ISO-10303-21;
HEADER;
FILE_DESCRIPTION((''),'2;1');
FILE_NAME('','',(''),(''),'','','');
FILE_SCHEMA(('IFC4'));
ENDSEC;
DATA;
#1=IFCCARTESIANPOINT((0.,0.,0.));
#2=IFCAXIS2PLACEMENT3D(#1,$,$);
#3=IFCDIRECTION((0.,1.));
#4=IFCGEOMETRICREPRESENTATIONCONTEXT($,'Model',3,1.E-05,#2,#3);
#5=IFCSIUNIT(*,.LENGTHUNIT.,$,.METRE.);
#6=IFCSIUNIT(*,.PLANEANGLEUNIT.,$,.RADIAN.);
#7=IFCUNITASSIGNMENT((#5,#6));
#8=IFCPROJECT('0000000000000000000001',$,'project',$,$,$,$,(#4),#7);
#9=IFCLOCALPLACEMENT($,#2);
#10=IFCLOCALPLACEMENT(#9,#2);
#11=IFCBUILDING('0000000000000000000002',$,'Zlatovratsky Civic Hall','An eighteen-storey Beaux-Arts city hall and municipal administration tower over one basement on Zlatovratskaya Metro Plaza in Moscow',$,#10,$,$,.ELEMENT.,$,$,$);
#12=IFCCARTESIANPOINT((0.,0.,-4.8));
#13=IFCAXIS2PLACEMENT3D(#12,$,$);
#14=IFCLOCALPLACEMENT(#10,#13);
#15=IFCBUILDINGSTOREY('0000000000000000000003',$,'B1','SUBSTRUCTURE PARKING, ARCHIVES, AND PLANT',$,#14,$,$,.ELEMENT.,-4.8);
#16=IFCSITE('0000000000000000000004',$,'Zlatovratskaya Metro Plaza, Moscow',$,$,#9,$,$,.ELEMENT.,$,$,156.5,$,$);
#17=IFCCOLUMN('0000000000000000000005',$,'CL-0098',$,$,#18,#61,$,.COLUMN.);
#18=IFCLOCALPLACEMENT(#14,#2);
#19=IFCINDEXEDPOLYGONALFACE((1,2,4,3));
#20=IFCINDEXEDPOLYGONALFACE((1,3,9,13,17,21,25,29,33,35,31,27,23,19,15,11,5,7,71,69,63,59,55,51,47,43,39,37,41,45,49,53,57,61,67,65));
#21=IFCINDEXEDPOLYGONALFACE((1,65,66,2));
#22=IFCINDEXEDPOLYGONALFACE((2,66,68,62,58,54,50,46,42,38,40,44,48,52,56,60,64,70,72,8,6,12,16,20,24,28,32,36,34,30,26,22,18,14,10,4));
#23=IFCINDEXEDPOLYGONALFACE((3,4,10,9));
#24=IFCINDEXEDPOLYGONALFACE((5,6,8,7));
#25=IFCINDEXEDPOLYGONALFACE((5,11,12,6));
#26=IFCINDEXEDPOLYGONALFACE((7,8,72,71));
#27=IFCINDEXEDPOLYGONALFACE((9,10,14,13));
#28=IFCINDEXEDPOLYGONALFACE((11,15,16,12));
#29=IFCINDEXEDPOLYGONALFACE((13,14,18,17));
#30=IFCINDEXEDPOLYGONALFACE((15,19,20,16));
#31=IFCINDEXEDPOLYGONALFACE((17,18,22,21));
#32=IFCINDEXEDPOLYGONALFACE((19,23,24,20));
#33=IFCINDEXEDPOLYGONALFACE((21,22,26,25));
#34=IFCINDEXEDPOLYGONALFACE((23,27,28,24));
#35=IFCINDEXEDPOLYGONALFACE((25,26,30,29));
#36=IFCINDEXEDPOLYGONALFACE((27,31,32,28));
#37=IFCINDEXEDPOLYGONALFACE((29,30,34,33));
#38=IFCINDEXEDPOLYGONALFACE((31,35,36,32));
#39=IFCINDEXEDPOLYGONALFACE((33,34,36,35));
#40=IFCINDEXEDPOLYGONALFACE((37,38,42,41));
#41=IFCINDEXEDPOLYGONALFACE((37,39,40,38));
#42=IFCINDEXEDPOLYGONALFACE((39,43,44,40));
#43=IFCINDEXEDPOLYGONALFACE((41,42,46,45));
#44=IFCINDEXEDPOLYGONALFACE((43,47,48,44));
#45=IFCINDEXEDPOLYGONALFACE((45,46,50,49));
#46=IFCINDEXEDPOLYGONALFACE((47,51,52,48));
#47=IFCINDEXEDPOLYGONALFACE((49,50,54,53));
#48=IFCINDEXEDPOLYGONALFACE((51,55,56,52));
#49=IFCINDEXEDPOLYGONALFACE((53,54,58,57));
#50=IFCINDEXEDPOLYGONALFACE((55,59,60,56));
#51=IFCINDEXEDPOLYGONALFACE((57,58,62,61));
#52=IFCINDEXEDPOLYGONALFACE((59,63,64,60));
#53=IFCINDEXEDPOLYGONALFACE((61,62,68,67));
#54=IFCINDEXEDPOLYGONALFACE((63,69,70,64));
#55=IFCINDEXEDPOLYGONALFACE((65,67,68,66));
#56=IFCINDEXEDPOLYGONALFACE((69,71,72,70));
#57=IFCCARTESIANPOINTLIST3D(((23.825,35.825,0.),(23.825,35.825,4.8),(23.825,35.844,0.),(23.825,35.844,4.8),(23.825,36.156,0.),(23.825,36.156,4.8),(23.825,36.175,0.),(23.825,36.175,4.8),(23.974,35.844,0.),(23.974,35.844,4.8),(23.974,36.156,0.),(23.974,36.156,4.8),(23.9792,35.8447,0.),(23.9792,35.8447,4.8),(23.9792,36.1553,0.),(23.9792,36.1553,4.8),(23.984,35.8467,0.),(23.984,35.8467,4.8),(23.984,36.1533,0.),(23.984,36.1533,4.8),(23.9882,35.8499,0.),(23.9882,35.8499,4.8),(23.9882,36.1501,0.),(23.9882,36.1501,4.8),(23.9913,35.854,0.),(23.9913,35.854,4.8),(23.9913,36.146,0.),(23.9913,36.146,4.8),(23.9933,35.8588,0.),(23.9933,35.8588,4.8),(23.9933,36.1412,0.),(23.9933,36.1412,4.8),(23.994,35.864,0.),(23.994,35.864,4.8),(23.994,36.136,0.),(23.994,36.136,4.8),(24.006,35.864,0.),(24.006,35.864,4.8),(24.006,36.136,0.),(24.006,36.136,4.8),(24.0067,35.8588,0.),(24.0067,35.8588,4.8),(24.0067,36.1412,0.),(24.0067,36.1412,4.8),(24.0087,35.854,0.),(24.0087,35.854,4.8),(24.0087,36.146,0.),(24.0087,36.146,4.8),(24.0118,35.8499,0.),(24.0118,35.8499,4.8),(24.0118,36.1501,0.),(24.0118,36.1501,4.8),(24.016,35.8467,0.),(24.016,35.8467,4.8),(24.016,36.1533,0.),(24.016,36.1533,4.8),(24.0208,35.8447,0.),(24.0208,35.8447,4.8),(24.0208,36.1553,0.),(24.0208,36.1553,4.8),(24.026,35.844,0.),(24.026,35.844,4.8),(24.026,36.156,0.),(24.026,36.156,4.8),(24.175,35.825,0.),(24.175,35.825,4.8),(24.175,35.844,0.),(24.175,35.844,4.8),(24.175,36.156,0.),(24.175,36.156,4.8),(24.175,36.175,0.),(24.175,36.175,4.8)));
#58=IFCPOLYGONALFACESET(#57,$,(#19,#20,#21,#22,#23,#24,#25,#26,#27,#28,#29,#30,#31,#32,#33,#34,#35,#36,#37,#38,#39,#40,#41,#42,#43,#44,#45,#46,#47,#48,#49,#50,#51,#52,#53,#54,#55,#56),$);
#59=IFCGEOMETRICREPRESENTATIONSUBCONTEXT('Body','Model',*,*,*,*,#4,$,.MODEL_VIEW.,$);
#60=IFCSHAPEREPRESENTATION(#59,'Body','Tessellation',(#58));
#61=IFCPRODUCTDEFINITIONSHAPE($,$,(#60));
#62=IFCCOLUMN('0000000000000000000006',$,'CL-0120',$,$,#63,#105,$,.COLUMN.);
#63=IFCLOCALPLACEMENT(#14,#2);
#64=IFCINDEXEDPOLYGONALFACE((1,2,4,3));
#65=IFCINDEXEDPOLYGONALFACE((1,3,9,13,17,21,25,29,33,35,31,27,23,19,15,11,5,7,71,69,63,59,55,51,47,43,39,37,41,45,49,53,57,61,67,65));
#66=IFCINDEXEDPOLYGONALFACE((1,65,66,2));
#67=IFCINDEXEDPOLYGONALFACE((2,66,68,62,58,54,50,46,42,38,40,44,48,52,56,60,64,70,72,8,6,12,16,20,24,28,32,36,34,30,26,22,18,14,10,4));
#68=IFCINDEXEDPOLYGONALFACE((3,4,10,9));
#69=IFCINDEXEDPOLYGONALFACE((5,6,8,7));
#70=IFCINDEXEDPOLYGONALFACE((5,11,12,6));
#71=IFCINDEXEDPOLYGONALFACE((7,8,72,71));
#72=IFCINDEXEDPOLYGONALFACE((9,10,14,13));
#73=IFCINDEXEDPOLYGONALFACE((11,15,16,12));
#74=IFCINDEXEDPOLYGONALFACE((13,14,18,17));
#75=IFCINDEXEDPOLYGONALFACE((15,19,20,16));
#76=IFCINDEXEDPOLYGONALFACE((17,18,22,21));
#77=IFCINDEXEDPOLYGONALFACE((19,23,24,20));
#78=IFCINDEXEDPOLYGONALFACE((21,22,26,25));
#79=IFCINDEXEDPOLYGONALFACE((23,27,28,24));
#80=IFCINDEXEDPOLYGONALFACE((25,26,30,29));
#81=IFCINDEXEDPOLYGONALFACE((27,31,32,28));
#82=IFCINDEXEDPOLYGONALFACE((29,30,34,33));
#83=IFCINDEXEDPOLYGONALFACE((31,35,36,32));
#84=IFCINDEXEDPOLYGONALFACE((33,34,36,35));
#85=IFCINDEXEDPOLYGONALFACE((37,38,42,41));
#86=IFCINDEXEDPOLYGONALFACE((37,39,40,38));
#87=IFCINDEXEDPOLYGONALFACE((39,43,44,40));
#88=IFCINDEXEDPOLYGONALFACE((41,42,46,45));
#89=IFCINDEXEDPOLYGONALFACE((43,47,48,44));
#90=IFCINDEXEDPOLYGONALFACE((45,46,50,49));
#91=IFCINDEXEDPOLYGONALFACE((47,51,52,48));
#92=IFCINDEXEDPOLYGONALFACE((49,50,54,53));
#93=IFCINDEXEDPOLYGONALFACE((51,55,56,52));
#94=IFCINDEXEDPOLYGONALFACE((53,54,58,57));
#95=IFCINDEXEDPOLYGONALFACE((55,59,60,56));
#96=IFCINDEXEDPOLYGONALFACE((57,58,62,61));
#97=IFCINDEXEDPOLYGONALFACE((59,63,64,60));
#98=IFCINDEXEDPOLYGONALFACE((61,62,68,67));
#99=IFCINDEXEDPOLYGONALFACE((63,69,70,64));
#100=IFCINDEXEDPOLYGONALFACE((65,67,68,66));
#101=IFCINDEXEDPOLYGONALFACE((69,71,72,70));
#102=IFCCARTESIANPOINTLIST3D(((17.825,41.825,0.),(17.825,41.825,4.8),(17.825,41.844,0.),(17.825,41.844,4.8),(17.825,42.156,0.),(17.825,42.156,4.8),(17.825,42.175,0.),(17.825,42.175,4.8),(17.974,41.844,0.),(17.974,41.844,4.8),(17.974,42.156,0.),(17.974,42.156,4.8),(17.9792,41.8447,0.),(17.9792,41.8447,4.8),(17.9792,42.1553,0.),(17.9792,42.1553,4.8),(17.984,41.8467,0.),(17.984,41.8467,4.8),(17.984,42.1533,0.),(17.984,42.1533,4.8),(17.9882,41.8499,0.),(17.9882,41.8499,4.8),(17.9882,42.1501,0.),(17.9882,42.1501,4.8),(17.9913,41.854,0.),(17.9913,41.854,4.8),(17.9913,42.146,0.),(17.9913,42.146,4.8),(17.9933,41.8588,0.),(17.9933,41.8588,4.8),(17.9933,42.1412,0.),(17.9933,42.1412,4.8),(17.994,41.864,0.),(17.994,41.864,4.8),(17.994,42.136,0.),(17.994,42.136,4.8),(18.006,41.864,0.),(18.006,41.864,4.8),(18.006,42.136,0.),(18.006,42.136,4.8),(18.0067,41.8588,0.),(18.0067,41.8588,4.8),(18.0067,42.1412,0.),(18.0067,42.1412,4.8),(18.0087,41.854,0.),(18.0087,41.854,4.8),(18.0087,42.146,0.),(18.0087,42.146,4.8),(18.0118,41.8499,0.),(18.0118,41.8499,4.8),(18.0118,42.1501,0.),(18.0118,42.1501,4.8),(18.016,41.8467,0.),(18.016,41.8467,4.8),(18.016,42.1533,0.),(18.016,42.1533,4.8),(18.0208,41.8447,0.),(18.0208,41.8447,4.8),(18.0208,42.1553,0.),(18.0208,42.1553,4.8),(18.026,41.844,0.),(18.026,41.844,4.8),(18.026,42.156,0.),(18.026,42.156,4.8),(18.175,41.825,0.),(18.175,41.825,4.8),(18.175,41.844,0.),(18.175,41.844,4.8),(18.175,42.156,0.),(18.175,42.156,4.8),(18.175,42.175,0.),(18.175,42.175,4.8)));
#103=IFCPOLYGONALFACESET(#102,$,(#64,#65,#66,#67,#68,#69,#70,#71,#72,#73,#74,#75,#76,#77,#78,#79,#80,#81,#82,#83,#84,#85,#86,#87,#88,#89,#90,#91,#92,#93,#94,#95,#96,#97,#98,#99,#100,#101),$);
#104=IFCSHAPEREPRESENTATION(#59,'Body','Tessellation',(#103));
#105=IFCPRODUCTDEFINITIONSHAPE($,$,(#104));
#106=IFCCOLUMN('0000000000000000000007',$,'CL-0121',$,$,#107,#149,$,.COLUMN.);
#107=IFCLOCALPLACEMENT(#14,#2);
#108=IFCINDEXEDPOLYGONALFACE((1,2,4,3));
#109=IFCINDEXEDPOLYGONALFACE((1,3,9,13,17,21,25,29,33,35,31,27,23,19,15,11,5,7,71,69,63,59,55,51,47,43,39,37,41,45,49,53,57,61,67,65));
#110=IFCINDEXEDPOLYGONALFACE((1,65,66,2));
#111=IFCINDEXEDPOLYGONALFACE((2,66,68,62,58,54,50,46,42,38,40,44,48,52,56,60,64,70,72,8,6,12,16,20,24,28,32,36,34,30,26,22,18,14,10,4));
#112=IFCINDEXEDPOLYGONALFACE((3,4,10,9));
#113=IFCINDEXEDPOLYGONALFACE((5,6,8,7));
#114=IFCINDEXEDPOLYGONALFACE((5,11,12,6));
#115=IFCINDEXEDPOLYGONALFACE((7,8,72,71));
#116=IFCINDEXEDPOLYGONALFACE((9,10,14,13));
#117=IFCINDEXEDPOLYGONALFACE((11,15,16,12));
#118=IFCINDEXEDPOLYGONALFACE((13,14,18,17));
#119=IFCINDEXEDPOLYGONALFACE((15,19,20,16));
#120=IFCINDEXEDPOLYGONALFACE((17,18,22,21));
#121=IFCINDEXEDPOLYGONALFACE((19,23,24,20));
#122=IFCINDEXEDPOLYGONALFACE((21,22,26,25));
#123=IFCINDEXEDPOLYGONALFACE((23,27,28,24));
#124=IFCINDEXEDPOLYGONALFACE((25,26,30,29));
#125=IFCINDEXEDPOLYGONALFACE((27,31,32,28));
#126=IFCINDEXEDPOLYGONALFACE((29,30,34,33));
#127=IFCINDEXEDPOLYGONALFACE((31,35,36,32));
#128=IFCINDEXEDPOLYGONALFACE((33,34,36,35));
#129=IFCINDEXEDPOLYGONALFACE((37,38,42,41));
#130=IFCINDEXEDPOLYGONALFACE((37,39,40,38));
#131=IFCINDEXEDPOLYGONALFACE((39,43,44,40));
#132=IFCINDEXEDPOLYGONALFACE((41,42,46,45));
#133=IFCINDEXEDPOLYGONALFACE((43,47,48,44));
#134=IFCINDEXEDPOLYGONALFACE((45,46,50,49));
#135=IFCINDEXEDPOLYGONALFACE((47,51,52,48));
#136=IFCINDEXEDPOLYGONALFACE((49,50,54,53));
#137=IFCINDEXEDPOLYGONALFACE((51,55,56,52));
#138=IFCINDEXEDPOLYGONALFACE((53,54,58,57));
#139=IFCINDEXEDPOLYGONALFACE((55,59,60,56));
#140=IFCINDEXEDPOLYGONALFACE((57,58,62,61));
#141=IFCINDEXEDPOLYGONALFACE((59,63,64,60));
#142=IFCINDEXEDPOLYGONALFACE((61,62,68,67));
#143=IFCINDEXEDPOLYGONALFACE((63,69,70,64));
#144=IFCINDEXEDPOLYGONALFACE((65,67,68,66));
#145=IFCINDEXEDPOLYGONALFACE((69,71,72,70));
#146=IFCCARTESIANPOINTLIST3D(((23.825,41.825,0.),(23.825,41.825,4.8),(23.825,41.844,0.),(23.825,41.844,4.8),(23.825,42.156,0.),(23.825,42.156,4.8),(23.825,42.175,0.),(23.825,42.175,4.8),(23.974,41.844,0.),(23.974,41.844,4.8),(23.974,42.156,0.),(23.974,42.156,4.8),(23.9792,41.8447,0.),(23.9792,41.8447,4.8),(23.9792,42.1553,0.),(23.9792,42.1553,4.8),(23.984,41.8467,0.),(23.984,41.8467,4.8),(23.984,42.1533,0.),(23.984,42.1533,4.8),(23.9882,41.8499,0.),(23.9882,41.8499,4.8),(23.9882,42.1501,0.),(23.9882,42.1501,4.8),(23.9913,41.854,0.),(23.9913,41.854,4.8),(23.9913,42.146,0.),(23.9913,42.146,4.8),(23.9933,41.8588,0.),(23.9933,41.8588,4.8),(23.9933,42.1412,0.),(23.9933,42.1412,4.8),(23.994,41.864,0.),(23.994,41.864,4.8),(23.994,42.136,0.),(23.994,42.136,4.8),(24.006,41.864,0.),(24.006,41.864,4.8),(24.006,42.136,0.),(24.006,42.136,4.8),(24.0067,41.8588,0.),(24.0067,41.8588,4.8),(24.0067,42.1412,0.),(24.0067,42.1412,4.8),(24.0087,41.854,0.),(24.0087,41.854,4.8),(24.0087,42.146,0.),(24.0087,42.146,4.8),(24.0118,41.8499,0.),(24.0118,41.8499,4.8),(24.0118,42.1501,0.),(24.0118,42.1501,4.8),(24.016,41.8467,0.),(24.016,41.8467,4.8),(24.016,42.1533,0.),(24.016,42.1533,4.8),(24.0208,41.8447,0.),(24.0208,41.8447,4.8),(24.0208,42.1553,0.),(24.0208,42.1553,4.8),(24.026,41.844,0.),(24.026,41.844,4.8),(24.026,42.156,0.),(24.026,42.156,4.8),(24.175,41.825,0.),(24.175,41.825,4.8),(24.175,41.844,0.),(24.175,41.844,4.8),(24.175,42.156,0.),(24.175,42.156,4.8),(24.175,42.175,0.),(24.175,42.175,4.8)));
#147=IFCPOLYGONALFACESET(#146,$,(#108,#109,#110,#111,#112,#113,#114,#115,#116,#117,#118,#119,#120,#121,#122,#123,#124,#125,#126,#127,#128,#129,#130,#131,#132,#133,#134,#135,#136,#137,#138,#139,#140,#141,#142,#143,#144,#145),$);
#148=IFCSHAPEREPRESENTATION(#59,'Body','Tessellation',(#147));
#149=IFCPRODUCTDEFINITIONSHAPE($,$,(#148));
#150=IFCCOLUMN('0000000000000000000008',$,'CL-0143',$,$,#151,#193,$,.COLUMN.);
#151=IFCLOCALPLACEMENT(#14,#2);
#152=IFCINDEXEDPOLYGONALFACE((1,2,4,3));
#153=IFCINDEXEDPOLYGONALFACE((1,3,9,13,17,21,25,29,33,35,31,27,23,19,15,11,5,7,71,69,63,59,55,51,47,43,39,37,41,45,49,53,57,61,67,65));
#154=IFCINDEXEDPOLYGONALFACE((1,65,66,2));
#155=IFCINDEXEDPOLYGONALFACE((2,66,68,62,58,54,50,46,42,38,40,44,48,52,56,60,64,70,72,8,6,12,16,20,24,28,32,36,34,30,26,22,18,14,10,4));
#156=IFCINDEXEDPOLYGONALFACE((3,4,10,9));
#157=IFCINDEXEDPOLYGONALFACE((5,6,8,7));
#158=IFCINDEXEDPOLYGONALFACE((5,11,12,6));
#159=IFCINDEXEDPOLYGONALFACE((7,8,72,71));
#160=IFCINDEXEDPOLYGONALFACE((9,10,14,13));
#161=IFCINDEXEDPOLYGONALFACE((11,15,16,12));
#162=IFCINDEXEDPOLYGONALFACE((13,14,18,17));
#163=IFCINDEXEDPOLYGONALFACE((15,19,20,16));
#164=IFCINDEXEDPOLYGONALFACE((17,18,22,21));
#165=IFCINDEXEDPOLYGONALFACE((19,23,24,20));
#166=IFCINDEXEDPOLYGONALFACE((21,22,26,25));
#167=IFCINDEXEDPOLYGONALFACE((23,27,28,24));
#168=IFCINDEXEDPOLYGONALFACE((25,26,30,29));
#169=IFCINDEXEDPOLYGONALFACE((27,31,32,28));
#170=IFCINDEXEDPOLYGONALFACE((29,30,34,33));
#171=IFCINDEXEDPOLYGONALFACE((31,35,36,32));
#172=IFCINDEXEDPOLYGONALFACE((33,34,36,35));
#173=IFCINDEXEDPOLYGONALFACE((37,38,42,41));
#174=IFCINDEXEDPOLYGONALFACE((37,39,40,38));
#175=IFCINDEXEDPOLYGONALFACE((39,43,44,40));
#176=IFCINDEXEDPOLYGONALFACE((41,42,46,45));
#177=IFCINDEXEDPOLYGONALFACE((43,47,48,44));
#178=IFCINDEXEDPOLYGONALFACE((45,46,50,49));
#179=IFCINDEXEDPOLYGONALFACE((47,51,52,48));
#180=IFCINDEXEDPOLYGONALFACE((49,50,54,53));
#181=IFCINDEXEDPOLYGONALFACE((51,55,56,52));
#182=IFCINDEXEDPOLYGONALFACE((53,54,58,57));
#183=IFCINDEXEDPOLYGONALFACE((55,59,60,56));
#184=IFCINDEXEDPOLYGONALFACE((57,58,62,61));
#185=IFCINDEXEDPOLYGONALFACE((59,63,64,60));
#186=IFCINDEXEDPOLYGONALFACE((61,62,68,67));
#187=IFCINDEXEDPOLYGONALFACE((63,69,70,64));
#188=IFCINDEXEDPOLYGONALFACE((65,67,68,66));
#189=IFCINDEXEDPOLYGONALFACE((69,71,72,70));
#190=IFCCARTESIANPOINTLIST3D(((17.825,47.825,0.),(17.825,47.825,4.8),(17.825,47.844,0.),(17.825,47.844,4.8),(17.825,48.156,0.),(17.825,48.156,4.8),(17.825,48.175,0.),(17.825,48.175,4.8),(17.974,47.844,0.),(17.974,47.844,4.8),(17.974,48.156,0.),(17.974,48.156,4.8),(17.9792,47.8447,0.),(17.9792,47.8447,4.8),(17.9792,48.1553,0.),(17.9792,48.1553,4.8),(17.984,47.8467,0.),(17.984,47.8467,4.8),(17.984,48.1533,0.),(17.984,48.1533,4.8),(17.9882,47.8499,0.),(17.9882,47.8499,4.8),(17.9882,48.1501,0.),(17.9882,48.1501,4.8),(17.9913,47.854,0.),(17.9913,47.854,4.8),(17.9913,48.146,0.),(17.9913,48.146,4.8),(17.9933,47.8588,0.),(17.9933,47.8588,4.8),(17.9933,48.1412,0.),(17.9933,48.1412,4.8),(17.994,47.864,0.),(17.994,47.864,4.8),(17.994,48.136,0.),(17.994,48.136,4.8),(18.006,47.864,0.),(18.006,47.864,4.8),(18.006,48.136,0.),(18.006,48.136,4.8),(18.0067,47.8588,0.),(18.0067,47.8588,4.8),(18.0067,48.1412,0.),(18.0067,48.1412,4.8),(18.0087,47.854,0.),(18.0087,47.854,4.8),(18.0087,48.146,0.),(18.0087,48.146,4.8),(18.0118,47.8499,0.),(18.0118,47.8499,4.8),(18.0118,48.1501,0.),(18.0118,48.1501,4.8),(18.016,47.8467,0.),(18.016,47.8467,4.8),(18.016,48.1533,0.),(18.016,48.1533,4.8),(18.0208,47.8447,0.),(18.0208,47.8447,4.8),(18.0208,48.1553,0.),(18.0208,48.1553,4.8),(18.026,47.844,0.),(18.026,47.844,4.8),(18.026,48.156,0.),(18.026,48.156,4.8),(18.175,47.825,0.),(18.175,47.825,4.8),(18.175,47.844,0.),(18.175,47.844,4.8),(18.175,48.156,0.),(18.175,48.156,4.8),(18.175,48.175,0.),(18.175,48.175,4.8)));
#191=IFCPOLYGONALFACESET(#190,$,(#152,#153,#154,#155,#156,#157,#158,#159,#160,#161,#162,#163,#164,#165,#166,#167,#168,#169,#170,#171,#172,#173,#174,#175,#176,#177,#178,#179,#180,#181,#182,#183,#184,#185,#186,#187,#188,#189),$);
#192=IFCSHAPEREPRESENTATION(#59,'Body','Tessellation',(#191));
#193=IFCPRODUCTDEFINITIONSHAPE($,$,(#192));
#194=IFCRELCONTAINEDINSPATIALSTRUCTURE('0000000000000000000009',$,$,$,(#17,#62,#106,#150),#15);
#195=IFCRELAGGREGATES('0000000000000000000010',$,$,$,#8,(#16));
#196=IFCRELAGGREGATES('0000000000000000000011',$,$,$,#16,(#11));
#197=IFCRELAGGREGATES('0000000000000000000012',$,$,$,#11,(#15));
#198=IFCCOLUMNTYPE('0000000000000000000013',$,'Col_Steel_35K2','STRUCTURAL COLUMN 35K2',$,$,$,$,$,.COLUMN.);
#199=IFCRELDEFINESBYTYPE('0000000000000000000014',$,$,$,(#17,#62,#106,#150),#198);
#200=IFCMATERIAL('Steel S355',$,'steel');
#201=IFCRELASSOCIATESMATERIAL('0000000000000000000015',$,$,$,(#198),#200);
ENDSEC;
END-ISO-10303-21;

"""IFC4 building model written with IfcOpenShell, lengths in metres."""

from ifc_helpers import new_model, si_unit, direction, frame, origin, origin_2d, place, context, subcontext, project, spatial, i_section, extrude, material, material_profile, profile_set, type_object, element, save


model = new_model("IFC4")

# Units and contexts
model_context = context("Model", 3, precision=1e-05, world=origin(), true_north=direction((0.0, 1.0)))
body_context = subcontext(model_context, "Body", "Model", "MODEL_VIEW")
ifc_project = project(units=[si_unit("LENGTHUNIT", "METRE"), si_unit("PLANEANGLEUNIT", "RADIAN")], contexts=[model_context])

# Site, building, storey
site_placement = place(None, origin())
site = spatial("IfcSite", under=ifc_project, at=site_placement, Name="Zlatovratskaya Metro Plaza, Moscow", CompositionType="ELEMENT", RefElevation=156.5)
building_placement = place(site_placement, origin())
building = spatial("IfcBuilding", under=site, at=building_placement, Name="Zlatovratsky Civic Hall", Description="An eighteen-storey Beaux-Arts city hall and municipal administration tower over one basement on Zlatovratskaya Metro Plaza in Moscow", CompositionType="ELEMENT")
storey_placement = place(building_placement, frame((0.0, 0.0, -4.8)))
storey = spatial("IfcBuildingStorey", under=building, at=storey_placement, Name="B1", Description="SUBSTRUCTURE PARKING, ARCHIVES, AND PLANT", CompositionType="ELEMENT", Elevation=-4.8)

# Columns
ifc_material_1 = material(Name="Steel S355", Category="steel")
ifc_material_profile_1 = material_profile(ifc_material_1, i_section(OverallWidth=0.3501, OverallDepth=0.3501, WebThickness=0.012, FlangeThickness=0.019, FilletRadius=0.02, at=origin_2d()), Name="35K2")
ifc_profile_set_1 = profile_set([ifc_material_profile_1], Name="Steel S355")
column_type = type_object("IfcColumnType", Name="Col_Steel_35K2", Description="STRUCTURAL COLUMN 35K2", PredefinedType="COLUMN", material=ifc_profile_set_1)
for number, where, z_axis, x_axis, name in (
    (1, (24.0, 36.0, 0.0), (0.0, 0.0, 1.0), (1.0, 0.0, 0.0), "CL-0098"),
    (2, (18.0, 42.0, 0.0), (0.0, 0.0, 1.0), (1.0, 0.0, 0.0), "CL-0120"),
    (3, (24.0, 42.0, 0.0), (0.0, 0.0, 1.0), (1.0, 0.0, 0.0), "CL-0121"),
    (4, (18.0, 48.0, 0.0), (0.0, 0.0, 1.0), (1.0, 0.0, 0.0), "CL-0143"),
):
    element("IfcColumn", number, at=place(storey_placement, frame(where, z_axis=z_axis, x_axis=x_axis)), inside=storey, type_object=column_type, Name=name, PredefinedType="COLUMN", context=body_context, shape_type="SweptSolid", body=[
        extrude(i_section(OverallWidth=0.3501, OverallDepth=0.3501, WebThickness=0.012, FlangeThickness=0.019, FilletRadius=0.02, at=origin_2d()), origin(), (0.0, 0.0, 1.0), 4.8),
    ])

save(model, "model.ifc")
